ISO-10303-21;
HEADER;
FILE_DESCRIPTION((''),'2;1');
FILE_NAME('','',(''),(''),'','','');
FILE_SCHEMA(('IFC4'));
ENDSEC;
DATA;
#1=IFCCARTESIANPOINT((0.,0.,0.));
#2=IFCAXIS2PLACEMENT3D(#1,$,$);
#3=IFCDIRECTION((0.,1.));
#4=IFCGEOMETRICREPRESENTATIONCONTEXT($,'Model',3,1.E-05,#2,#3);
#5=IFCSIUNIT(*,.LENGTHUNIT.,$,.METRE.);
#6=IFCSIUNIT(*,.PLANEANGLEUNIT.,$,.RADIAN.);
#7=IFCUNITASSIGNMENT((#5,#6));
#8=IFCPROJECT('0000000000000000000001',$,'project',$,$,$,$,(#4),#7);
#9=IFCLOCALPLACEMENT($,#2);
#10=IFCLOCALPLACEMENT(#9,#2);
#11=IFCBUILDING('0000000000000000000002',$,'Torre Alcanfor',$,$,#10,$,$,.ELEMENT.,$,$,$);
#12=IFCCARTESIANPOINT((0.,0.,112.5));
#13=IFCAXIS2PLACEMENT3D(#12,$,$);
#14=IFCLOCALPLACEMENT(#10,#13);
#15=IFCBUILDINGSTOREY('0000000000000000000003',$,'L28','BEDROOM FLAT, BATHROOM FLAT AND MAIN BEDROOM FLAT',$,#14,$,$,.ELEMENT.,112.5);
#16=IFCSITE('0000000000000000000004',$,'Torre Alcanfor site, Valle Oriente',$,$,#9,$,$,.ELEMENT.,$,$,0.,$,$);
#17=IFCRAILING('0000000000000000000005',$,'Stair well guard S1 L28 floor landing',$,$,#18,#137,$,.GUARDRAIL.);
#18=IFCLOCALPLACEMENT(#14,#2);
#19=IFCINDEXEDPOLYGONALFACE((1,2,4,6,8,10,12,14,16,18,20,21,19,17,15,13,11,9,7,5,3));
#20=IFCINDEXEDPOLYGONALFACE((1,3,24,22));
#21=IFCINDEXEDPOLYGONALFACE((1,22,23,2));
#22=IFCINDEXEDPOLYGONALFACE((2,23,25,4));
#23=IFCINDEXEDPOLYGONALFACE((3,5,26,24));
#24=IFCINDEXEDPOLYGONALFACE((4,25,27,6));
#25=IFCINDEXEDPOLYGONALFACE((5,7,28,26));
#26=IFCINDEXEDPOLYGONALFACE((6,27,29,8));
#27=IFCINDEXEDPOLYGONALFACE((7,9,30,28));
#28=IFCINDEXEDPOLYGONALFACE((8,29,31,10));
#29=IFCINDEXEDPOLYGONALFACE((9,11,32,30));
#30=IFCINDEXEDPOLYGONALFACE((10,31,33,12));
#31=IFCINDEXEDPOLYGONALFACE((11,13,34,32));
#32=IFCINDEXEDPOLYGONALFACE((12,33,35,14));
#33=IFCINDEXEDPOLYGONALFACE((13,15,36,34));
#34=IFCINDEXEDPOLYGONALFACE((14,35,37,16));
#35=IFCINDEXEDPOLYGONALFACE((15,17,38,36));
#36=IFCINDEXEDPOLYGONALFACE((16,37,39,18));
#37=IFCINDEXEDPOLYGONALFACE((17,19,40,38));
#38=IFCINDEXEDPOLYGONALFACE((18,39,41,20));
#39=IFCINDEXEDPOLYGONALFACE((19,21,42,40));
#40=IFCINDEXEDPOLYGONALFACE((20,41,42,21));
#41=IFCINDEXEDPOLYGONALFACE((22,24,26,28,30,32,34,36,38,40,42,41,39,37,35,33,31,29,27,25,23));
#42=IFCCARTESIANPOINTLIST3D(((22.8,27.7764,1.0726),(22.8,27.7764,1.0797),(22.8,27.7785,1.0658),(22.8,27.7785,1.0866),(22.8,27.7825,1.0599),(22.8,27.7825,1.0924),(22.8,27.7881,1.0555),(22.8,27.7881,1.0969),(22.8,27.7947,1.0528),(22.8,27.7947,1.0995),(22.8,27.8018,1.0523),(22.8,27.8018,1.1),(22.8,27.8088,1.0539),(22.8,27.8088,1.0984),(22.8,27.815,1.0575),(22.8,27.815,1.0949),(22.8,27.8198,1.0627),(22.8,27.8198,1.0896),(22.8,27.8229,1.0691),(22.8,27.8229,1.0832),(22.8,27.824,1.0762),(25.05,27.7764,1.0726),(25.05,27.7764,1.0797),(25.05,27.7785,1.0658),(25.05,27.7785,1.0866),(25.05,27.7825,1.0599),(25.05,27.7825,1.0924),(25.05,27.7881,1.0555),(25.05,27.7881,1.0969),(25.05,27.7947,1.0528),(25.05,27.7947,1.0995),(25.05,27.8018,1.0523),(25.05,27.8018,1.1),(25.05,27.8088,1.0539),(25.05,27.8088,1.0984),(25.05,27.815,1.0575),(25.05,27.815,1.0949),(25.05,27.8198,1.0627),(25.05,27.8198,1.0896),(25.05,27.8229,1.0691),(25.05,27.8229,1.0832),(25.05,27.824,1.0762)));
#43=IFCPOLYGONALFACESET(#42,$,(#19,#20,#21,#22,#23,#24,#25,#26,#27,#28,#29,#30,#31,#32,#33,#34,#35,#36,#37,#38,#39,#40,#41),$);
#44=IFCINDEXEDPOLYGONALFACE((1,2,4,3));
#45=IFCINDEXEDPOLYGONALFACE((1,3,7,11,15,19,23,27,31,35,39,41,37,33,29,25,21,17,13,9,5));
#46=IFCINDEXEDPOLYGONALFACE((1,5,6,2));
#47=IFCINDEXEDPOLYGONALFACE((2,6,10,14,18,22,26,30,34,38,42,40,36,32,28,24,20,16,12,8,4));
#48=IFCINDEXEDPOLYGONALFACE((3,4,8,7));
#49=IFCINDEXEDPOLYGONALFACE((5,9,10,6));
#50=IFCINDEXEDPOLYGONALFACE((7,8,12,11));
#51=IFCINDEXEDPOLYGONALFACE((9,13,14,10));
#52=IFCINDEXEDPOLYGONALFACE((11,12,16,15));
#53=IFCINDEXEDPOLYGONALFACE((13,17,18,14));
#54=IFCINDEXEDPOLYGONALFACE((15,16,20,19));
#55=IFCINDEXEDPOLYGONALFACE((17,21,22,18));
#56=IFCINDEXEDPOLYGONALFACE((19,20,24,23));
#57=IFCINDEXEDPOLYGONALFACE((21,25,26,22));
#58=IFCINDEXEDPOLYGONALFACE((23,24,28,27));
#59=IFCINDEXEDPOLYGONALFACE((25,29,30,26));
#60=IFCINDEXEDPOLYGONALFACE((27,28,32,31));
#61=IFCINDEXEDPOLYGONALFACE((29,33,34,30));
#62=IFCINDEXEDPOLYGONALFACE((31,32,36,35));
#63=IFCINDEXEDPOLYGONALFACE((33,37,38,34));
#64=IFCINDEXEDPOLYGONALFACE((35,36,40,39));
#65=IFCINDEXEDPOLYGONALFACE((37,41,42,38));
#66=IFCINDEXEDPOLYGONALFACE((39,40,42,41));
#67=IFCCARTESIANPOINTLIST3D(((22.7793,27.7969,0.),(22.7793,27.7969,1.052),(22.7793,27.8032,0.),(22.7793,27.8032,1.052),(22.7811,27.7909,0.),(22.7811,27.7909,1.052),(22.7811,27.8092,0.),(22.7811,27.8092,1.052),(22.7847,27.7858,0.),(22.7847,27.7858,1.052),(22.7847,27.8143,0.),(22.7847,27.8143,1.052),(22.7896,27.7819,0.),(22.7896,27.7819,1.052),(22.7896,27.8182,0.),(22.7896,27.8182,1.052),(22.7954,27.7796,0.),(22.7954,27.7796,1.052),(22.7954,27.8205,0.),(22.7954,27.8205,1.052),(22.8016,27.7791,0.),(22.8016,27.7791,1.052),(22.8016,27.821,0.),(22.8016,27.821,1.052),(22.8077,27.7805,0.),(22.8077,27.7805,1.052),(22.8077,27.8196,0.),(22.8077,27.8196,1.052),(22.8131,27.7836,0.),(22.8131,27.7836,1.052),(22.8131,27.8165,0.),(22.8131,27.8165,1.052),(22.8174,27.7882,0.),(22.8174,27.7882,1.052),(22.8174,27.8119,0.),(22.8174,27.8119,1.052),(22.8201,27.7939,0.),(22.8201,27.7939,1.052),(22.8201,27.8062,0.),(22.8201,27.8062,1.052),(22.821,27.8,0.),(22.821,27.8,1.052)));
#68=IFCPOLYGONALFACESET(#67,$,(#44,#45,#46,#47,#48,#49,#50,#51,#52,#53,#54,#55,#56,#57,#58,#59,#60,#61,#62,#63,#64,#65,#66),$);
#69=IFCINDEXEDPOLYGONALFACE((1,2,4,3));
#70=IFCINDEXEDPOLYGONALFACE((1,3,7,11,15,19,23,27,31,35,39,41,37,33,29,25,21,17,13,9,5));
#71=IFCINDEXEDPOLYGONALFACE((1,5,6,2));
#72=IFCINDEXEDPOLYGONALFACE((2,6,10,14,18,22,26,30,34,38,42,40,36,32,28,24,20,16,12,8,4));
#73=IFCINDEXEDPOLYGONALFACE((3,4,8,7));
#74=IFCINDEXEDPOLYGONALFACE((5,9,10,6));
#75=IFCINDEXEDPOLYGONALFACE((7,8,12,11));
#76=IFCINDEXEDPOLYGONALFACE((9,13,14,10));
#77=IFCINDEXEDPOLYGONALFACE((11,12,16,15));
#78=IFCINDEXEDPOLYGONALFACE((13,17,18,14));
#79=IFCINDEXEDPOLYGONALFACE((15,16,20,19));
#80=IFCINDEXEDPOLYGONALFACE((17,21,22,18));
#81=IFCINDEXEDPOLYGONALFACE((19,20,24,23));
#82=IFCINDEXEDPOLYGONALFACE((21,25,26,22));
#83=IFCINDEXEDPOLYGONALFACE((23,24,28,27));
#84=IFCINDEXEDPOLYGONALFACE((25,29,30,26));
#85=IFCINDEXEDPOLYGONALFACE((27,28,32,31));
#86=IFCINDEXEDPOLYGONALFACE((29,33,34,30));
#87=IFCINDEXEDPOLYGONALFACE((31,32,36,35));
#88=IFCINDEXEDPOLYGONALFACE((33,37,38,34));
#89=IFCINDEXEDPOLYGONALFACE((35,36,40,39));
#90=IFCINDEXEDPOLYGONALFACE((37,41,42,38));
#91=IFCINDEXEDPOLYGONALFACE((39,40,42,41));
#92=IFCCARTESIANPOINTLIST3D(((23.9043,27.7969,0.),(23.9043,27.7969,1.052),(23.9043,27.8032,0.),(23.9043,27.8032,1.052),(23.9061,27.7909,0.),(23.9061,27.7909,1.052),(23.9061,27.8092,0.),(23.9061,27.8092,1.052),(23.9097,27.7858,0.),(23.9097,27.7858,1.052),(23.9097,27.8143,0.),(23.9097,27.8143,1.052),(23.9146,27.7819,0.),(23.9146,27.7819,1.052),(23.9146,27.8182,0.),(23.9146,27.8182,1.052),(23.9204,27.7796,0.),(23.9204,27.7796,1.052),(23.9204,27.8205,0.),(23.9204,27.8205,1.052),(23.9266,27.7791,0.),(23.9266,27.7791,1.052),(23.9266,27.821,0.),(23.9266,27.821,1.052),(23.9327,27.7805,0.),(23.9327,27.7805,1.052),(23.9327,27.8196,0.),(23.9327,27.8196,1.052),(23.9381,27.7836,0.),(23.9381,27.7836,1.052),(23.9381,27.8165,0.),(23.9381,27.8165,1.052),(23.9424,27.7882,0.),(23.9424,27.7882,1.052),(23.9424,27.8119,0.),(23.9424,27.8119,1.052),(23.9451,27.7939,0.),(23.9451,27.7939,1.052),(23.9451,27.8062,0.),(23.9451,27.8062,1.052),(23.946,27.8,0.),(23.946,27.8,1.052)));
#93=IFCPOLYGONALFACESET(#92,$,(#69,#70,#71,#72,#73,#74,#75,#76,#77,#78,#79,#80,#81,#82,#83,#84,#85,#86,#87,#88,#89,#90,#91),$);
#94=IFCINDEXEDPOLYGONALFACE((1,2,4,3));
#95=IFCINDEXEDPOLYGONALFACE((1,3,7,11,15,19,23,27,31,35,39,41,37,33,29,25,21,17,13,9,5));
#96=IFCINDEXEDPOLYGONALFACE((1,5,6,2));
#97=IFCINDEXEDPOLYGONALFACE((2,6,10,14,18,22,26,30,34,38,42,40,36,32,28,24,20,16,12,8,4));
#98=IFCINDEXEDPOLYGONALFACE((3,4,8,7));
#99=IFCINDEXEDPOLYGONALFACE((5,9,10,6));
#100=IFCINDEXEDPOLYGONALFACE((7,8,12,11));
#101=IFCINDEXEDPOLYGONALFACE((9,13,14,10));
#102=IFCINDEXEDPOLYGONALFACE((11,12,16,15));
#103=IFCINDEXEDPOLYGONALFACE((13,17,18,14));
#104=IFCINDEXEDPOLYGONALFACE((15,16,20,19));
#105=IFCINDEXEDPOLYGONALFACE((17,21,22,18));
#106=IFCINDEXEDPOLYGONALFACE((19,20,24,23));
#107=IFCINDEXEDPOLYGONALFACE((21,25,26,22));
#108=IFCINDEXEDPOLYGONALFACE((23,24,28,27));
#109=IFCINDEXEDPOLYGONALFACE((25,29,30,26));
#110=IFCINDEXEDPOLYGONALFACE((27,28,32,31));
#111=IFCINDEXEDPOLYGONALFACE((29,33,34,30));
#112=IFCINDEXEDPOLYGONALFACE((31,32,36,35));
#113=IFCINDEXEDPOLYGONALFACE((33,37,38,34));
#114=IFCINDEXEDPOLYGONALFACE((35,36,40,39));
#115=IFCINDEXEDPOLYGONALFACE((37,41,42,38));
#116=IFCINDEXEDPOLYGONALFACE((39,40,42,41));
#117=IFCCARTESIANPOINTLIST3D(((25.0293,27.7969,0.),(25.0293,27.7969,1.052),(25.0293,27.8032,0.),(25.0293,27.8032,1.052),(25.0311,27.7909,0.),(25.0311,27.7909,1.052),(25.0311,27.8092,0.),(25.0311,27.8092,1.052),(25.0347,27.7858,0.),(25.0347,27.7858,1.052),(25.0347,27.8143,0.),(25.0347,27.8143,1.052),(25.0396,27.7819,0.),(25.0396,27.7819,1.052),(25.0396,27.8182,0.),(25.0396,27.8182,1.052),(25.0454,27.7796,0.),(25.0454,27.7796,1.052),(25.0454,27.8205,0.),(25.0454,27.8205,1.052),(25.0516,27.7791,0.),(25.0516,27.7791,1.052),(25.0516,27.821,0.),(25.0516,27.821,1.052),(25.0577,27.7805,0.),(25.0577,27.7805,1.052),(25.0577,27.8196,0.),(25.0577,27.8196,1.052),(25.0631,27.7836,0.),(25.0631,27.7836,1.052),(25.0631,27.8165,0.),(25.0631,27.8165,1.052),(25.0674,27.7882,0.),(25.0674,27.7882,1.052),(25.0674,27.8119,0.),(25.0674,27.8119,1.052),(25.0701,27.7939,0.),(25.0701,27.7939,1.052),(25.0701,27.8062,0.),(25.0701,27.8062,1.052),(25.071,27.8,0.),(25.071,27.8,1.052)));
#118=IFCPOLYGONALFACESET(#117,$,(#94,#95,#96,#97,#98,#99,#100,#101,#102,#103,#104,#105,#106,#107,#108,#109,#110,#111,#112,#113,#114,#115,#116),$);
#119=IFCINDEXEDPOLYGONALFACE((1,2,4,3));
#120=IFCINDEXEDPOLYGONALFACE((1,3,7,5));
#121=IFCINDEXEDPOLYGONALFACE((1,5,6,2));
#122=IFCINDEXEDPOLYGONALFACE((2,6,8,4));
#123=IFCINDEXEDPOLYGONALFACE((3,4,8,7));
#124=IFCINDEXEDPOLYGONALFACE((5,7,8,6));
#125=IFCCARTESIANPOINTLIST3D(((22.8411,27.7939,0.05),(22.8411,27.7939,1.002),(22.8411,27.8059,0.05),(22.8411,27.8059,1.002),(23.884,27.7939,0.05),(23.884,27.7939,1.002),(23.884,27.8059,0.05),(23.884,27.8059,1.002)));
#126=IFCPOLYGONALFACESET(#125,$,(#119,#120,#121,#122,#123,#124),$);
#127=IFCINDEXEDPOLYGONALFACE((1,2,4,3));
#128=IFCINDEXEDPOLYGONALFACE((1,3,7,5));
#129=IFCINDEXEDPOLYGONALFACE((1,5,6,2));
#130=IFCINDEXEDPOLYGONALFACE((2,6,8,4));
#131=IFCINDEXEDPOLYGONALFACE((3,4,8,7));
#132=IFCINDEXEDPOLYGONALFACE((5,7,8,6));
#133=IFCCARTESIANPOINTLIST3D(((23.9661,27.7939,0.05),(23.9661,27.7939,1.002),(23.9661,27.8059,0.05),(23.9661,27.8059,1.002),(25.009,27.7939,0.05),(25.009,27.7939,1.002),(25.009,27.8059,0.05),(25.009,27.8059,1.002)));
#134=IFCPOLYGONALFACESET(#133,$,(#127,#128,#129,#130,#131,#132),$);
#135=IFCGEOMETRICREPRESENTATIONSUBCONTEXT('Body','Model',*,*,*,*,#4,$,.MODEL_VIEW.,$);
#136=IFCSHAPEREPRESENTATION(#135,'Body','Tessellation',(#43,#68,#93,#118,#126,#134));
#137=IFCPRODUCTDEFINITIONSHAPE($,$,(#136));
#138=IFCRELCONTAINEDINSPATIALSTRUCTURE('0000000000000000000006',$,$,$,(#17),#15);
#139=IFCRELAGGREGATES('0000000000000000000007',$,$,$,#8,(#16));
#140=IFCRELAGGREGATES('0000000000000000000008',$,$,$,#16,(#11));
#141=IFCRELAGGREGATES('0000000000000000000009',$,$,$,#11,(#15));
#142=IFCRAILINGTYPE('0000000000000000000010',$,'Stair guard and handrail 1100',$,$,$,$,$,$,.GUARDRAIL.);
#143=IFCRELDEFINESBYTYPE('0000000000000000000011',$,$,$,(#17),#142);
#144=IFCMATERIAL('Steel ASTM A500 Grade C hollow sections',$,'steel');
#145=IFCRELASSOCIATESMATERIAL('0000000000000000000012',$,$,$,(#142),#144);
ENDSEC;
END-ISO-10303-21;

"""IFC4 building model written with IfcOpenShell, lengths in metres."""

from ifc_helpers import new_model, si_unit, direction, frame, origin, origin_2d, place, context, subcontext, project, spatial, polyline, circle, outline, extrude, material, type_object, element, save


model = new_model("IFC4")

# Units and contexts
model_context = context("Model", 3, precision=1e-05, world=origin(), true_north=direction((0.0, 1.0)))
body_context = subcontext(model_context, "Body", "Model", "MODEL_VIEW")
ifc_project = project(units=[si_unit("LENGTHUNIT", "METRE"), si_unit("PLANEANGLEUNIT", "RADIAN")], contexts=[model_context])

# Site, building, storey
site_placement = place(None, origin())
site = spatial("IfcSite", under=ifc_project, at=site_placement, Name="Torre Alcanfor site, Valle Oriente", CompositionType="ELEMENT", RefElevation=0.0)
building_placement = place(site_placement, origin())
building = spatial("IfcBuilding", under=site, at=building_placement, Name="Torre Alcanfor", CompositionType="ELEMENT")
storey_placement = place(building_placement, frame((0.0, 0.0, 112.5)))
storey = spatial("IfcBuildingStorey", under=building, at=storey_placement, Name="L28", Description="BEDROOM FLAT, BATHROOM FLAT AND MAIN BEDROOM FLAT", CompositionType="ELEMENT", Elevation=112.5)

# Railing
ifc_material_1 = material(Name="Steel ASTM A500 Grade C hollow sections", Category="steel")
railing_type = type_object("IfcRailingType", Name="Stair guard and handrail 1100", PredefinedType="GUARDRAIL", material=ifc_material_1)
for number, where, name in (
    (1, (22.8, 27.8, 0.0), "Stair well guard S1 L28 floor landing"),
):
    element("IfcRailing", number, at=place(storey_placement, frame(where)), inside=storey, type_object=railing_type, Name=name, PredefinedType="GUARDRAIL", context=body_context, shape_type="SweptSolid", body=[
        extrude(circle(Radius=0.0239, at=origin_2d()), frame((0.0, 0.0, 1.0762), z_axis=(1.0, 0.0, 0.0), x_axis=(0.0, 1.0, 0.0)), (0.0, 0.0, 1.0), 2.25),
        extrude(circle(Radius=0.021, at=origin_2d()), origin(), (0.0, 0.0, 1.0), 1.052),
        extrude(circle(Radius=0.021, at=origin_2d()), frame((1.125, 0.0, 0.0)), (0.0, 0.0, 1.0), 1.052),
        extrude(circle(Radius=0.021, at=origin_2d()), frame((2.25, 0.0, 0.0)), (0.0, 0.0, 1.0), 1.052),
        extrude(outline(polyline([(0.041, 0.05), (1.084, 0.05), (1.084, 1.002), (0.041, 1.002), (0.041, 0.05)])), frame((0.0, 0.0059, 0.0), z_axis=(0.0, -1.0, 0.0), x_axis=(1.0, 0.0, 0.0)), (0.0, 0.0, 1.0), 0.012),
        extrude(outline(polyline([(1.166, 0.05), (2.209, 0.05), (2.209, 1.002), (1.166, 1.002), (1.166, 0.05)])), frame((0.0, 0.0059, 0.0), z_axis=(0.0, -1.0, 0.0), x_axis=(1.0, 0.0, 0.0)), (0.0, 0.0, 1.0), 0.012),
    ])

save(model, "model.ifc")
